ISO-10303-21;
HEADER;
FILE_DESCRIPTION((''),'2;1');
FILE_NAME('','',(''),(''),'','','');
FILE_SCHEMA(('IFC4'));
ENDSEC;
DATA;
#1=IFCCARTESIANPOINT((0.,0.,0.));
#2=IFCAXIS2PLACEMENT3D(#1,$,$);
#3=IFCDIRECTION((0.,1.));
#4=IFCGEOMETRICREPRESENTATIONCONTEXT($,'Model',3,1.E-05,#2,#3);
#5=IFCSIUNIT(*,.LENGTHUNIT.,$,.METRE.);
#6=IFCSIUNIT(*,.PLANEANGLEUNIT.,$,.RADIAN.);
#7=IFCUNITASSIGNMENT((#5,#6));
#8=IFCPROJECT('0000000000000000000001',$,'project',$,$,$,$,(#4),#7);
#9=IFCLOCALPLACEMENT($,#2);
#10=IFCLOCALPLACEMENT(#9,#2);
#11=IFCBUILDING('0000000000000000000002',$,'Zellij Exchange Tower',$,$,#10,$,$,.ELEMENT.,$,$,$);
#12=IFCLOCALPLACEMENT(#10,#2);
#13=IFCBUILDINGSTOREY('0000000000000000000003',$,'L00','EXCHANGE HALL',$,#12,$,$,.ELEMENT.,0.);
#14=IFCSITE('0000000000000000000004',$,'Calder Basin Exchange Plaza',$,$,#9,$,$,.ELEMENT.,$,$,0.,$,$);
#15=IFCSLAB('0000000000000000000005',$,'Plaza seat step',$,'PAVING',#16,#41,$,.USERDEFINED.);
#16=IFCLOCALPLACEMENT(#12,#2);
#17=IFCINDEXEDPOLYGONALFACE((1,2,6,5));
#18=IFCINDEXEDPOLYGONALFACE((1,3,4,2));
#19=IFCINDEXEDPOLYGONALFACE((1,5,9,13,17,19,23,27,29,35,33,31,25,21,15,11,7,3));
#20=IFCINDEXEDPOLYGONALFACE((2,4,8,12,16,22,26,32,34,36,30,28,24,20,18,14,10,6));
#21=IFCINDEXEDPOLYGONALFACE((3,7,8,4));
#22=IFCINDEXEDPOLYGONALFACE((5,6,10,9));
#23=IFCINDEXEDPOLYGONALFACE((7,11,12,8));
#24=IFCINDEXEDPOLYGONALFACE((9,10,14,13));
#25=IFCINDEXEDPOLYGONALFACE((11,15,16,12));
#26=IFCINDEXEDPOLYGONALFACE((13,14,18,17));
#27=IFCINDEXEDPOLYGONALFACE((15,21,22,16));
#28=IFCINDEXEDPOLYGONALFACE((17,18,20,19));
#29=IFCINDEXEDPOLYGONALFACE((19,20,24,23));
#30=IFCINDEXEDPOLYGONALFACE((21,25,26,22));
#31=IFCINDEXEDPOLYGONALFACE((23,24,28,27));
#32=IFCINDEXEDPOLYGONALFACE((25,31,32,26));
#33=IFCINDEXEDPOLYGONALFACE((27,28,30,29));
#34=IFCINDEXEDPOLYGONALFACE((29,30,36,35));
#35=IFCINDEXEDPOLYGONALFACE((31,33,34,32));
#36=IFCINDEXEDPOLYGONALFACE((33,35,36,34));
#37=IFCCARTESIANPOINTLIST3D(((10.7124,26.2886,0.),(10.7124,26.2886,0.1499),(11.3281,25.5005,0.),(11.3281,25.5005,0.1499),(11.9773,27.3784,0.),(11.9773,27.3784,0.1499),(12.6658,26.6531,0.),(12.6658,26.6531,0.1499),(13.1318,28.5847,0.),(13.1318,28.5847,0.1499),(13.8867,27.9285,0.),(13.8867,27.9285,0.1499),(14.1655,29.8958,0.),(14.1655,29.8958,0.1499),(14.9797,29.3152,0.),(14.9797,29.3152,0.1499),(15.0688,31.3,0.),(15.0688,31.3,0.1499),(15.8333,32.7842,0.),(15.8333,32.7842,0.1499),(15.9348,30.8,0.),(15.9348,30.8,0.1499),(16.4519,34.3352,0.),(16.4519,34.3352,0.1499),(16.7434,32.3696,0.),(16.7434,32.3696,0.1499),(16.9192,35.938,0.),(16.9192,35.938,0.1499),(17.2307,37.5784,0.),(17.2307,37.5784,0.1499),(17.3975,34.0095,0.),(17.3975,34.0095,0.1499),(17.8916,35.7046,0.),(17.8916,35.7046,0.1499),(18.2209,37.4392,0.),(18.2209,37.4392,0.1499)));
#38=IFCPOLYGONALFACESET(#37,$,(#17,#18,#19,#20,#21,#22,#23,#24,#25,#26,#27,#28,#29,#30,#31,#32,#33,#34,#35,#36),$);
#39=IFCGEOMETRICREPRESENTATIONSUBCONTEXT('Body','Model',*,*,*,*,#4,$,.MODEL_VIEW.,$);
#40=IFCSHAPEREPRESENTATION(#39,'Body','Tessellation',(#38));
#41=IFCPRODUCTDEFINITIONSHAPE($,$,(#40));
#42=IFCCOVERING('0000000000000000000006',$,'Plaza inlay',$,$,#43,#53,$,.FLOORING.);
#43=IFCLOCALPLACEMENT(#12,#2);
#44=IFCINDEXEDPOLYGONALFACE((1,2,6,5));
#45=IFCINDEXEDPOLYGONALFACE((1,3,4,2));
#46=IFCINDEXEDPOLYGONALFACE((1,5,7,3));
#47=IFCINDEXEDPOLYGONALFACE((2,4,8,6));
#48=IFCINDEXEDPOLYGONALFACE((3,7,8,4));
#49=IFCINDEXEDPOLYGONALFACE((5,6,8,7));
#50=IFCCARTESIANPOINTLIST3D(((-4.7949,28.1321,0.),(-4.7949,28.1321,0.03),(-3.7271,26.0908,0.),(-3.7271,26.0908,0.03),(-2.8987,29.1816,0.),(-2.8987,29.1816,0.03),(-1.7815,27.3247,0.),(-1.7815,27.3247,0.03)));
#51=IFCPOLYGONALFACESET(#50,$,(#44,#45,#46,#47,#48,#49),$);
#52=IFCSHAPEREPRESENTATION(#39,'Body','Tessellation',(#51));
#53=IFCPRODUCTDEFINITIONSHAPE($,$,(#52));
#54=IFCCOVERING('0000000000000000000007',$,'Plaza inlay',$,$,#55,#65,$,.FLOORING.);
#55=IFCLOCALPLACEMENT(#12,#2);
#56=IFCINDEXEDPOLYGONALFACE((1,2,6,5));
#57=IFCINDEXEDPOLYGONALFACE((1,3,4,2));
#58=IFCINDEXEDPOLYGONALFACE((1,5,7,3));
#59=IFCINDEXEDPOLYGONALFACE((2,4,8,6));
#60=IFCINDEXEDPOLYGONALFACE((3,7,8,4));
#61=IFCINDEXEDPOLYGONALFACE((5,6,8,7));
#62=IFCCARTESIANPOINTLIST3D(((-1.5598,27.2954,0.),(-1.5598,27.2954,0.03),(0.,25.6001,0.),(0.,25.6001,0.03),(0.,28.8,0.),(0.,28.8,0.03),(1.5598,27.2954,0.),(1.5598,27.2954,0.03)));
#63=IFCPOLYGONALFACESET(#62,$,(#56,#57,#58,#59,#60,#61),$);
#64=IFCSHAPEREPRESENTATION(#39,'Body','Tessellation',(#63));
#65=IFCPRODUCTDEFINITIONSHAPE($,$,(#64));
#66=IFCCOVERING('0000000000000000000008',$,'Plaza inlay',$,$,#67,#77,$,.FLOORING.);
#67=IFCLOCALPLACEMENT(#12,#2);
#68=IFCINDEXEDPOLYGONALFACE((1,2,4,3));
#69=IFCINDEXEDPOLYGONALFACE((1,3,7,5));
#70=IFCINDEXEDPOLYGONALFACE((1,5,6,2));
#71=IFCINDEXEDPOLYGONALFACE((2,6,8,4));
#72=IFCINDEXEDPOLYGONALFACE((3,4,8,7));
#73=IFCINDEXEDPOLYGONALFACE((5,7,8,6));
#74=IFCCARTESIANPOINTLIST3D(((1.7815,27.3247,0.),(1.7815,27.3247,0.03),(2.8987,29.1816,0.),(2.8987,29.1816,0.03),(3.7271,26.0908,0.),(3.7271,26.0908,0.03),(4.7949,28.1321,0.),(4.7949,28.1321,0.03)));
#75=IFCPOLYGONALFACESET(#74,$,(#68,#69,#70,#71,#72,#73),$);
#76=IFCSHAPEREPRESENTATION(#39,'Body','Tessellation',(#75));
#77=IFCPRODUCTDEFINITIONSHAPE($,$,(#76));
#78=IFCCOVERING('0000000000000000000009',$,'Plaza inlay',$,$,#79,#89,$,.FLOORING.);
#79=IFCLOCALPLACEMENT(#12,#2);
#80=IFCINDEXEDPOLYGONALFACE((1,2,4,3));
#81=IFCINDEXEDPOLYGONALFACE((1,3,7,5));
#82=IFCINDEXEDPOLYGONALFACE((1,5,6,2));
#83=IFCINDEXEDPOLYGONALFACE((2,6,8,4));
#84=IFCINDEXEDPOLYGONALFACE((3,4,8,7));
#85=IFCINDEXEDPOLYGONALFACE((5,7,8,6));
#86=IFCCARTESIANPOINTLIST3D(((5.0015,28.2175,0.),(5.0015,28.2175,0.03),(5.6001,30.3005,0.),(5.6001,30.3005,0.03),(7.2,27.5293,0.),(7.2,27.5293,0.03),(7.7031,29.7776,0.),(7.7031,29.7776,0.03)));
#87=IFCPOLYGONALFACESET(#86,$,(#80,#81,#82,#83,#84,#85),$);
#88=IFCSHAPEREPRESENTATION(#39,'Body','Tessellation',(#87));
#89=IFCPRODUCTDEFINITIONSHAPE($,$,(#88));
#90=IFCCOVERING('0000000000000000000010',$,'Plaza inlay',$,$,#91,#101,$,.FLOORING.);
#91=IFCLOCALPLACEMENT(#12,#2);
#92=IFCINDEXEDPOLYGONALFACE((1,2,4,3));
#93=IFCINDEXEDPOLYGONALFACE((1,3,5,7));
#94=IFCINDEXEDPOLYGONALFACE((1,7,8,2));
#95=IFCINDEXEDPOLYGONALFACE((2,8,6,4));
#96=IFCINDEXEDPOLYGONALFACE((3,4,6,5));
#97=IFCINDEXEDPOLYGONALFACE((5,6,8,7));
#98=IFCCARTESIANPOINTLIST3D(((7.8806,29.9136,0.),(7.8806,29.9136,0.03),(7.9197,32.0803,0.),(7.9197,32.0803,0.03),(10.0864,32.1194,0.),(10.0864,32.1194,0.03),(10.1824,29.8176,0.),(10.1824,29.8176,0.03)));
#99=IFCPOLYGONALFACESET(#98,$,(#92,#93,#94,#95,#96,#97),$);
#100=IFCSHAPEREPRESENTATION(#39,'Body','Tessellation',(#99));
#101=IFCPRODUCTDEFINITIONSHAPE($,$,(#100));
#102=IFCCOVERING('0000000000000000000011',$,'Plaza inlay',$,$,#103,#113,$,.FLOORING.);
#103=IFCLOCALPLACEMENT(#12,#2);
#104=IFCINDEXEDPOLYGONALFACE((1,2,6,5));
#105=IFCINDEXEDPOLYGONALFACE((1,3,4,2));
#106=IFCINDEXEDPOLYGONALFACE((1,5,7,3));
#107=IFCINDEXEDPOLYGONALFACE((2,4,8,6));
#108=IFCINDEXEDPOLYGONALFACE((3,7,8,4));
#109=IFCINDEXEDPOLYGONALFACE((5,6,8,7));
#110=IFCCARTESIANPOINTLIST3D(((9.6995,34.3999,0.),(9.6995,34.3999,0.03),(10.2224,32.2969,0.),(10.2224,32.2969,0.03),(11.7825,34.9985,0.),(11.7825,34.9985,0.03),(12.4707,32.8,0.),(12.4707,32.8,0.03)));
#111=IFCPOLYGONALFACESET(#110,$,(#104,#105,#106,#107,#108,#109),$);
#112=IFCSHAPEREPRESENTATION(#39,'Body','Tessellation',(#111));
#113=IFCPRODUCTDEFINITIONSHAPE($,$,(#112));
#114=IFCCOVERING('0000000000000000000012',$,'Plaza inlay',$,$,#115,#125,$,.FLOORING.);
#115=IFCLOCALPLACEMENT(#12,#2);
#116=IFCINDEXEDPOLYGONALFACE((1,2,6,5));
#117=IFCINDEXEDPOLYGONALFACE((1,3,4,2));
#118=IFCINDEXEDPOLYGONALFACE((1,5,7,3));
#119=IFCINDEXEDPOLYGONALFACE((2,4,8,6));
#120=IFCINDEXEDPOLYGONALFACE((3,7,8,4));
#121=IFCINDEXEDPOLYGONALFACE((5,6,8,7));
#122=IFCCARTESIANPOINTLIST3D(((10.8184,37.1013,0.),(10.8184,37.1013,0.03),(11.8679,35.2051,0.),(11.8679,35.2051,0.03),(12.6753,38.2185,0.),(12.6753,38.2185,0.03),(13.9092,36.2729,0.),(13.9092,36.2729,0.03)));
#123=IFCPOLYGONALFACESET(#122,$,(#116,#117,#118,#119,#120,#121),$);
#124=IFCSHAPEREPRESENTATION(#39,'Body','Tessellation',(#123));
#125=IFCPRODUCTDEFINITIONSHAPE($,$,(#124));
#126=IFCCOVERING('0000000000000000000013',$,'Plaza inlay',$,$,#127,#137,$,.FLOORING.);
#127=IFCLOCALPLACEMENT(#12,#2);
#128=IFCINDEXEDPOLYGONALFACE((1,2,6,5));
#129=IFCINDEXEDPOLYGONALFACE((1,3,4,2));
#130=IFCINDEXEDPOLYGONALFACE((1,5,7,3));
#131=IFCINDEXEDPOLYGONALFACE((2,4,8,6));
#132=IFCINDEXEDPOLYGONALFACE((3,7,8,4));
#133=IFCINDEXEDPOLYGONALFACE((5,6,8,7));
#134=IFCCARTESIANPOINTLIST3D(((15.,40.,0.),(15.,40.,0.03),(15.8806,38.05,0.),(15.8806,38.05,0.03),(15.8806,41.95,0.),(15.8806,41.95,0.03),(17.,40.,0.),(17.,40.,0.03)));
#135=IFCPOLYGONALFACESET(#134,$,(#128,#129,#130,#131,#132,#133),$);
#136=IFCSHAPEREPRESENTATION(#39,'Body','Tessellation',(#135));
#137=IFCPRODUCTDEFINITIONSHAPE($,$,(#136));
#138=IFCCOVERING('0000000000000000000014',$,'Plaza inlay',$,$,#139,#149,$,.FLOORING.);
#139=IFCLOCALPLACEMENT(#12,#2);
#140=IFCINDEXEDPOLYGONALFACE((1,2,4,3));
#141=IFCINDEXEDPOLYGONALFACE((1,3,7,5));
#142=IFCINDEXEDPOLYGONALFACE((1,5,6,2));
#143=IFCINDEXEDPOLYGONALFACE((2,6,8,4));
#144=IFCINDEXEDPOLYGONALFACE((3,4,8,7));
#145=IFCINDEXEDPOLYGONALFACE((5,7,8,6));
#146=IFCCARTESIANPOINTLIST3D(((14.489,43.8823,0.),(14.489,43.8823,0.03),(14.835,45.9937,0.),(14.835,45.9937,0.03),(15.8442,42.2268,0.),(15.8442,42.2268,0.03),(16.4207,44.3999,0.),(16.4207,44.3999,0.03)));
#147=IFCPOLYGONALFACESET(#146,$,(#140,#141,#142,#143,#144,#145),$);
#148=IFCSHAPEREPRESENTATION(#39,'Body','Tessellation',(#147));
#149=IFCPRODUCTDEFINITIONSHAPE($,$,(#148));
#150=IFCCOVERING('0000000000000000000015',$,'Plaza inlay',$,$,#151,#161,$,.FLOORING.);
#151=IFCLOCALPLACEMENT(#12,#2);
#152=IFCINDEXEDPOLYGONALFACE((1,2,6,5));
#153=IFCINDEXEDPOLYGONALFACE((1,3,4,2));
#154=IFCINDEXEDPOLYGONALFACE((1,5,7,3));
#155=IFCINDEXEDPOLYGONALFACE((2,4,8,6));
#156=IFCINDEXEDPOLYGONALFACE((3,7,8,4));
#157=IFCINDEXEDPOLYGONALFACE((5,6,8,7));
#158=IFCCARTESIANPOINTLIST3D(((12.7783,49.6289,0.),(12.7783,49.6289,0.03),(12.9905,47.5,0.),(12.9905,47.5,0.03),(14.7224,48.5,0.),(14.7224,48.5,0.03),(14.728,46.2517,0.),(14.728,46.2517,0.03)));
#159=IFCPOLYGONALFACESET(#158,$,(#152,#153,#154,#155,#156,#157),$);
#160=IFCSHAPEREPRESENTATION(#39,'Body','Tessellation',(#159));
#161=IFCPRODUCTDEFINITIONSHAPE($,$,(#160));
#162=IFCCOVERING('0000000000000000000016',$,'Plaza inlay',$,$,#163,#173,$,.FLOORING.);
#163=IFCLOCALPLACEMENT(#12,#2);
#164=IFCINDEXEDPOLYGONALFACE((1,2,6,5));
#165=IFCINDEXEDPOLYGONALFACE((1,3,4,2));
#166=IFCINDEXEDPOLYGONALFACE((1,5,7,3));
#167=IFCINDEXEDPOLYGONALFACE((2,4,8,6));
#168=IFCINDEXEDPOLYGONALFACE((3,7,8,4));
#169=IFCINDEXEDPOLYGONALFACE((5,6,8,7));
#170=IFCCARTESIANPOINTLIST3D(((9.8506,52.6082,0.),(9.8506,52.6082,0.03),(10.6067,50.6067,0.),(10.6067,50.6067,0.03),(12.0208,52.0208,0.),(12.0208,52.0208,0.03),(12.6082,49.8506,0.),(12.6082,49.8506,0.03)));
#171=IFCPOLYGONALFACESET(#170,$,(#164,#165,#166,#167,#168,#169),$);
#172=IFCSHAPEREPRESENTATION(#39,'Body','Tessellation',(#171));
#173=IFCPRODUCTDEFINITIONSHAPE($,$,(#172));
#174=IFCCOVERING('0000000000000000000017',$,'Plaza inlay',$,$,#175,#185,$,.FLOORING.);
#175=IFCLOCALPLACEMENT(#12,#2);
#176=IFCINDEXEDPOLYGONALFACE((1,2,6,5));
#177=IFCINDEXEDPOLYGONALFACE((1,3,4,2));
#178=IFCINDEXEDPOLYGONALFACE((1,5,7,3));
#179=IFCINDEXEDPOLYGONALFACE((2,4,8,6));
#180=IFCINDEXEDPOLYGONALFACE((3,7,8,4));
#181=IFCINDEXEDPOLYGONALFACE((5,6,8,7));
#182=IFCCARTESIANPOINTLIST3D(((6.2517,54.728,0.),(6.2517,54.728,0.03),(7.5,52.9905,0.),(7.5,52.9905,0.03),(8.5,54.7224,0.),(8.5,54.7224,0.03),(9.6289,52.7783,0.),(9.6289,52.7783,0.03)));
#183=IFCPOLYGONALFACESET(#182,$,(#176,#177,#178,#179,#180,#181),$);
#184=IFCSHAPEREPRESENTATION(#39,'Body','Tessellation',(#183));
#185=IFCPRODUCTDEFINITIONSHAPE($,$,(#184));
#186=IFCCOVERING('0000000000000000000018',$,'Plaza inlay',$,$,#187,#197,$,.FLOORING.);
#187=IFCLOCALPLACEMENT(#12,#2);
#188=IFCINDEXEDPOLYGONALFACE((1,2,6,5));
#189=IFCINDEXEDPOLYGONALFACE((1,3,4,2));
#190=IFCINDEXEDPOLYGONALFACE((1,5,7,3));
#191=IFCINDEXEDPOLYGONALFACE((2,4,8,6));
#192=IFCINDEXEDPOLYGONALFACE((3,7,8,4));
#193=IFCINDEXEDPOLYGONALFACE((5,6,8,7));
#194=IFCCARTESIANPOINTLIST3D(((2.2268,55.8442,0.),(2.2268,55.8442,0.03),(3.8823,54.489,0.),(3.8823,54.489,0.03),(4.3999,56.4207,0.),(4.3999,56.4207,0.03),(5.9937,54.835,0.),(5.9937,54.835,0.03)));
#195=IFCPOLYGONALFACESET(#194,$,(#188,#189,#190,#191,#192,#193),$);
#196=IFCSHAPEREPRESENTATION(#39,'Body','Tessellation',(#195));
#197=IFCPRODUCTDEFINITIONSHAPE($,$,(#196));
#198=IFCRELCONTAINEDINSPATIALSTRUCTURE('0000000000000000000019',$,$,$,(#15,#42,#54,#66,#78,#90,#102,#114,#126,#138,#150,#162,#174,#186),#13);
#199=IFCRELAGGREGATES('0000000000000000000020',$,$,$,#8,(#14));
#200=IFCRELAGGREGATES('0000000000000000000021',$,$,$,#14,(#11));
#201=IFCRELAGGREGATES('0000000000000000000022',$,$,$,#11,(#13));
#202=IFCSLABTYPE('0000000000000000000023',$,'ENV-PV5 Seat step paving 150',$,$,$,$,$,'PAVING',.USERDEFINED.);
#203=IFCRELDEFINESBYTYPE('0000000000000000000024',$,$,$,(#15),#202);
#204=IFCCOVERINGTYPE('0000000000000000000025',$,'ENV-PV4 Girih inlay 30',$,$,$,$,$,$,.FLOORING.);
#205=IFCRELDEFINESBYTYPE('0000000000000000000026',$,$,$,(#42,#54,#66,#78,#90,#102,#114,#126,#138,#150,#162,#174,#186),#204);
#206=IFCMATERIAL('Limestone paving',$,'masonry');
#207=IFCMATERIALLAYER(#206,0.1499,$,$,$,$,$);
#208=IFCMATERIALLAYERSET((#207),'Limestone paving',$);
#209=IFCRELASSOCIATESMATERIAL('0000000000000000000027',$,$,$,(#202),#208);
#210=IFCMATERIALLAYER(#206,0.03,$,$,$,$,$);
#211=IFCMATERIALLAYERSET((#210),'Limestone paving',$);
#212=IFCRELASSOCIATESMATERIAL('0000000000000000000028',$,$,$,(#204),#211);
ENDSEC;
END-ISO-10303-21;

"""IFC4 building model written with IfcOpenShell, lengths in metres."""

from ifc_helpers import new_model, si_unit, direction, origin, place, context, subcontext, project, spatial, polyline, outline, extrude, material, layer, layer_set, type_object, element, save


model = new_model("IFC4")

# Units and contexts
model_context = context("Model", 3, precision=1e-05, world=origin(), true_north=direction((0.0, 1.0)))
body_context = subcontext(model_context, "Body", "Model", "MODEL_VIEW")
ifc_project = project(units=[si_unit("LENGTHUNIT", "METRE"), si_unit("PLANEANGLEUNIT", "RADIAN")], contexts=[model_context])

# Site, building, storey
site_placement = place(None, origin())
site = spatial("IfcSite", under=ifc_project, at=site_placement, Name="Calder Basin Exchange Plaza", CompositionType="ELEMENT", RefElevation=0.0)
building_placement = place(site_placement, origin())
building = spatial("IfcBuilding", under=site, at=building_placement, Name="Zellij Exchange Tower", CompositionType="ELEMENT")
storey_placement = place(building_placement, origin())
storey = spatial("IfcBuildingStorey", under=building, at=storey_placement, Name="L00", Description="EXCHANGE HALL", CompositionType="ELEMENT", Elevation=0.0)

# Slab
ifc_material = material(Name="Limestone paving", Category="masonry")
ifc_layer_1 = layer(ifc_material, 0.1499)
ifc_layer_set_1 = layer_set([ifc_layer_1], Name="Limestone paving")
slab_type = type_object("IfcSlabType", Name="ENV-PV5 Seat step paving 150", ElementType="PAVING", PredefinedType="USERDEFINED", material=ifc_layer_set_1)
slab_placement = place(storey_placement, origin())
element("IfcSlab", 1, at=slab_placement, inside=storey, type_object=slab_type, Name="Plaza seat step", ObjectType="PAVING", PredefinedType="USERDEFINED", context=body_context, shape_type="SweptSolid", body=[
    extrude(outline(polyline([(11.3281, 25.5005), (12.6658, 26.6531), (13.8867, 27.9285), (14.9797, 29.3152), (15.9348, 30.8), (16.7434, 32.3696), (17.3975, 34.0095), (17.8916, 35.7046), (18.2209, 37.4392), (17.2307, 37.5784), (16.9192, 35.938), (16.4519, 34.3352), (15.8333, 32.7842), (15.0688, 31.3), (14.1655, 29.8958), (13.1318, 28.5847), (11.9773, 27.3784), (10.7124, 26.2886), (11.3281, 25.5005)])), origin(), (0.0, 0.0, 1.0), 0.1499),
])

# Coverings
ifc_layer_2 = layer(ifc_material, 0.03)
ifc_layer_set_2 = layer_set([ifc_layer_2], Name="Limestone paving")
covering_type = type_object("IfcCoveringType", Name="ENV-PV4 Girih inlay 30", PredefinedType="FLOORING", material=ifc_layer_set_2)
covering_1_placement = place(storey_placement, origin())
element("IfcCovering", 2, at=covering_1_placement, inside=storey, type_object=covering_type, Name="Plaza inlay", PredefinedType="FLOORING", context=body_context, shape_type="SweptSolid", body=[
    extrude(outline(polyline([(-2.8987, 29.1816), (-1.7815, 27.3247), (-3.7271, 26.0908), (-4.7949, 28.1321), (-2.8987, 29.1816)])), origin(), (0.0, 0.0, 1.0), 0.03),
])
covering_2_placement = place(storey_placement, origin())
element("IfcCovering", 3, at=covering_2_placement, inside=storey, type_object=covering_type, Name="Plaza inlay", PredefinedType="FLOORING", context=body_context, shape_type="SweptSolid", body=[
    extrude(outline(polyline([(0.0, 28.8), (1.5598, 27.2954), (0.0, 25.6001), (-1.5598, 27.2954), (0.0, 28.8)])), origin(), (0.0, 0.0, 1.0), 0.03),
])
covering_3_placement = place(storey_placement, origin())
element("IfcCovering", 4, at=covering_3_placement, inside=storey, type_object=covering_type, Name="Plaza inlay", PredefinedType="FLOORING", context=body_context, shape_type="SweptSolid", body=[
    extrude(outline(polyline([(2.8987, 29.1816), (4.7949, 28.1321), (3.7271, 26.0908), (1.7815, 27.3247), (2.8987, 29.1816)])), origin(), (0.0, 0.0, 1.0), 0.03),
])
covering_4_placement = place(storey_placement, origin())
element("IfcCovering", 5, at=covering_4_placement, inside=storey, type_object=covering_type, Name="Plaza inlay", PredefinedType="FLOORING", context=body_context, shape_type="SweptSolid", body=[
    extrude(outline(polyline([(5.6001, 30.3005), (7.7031, 29.7776), (7.2, 27.5293), (5.0015, 28.2175), (5.6001, 30.3005)])), origin(), (0.0, 0.0, 1.0), 0.03),
])
covering_5_placement = place(storey_placement, origin())
element("IfcCovering", 6, at=covering_5_placement, inside=storey, type_object=covering_type, Name="Plaza inlay", PredefinedType="FLOORING", context=body_context, shape_type="SweptSolid", body=[
    extrude(outline(polyline([(7.9197, 32.0803), (10.0864, 32.1194), (10.1824, 29.8176), (7.8806, 29.9136), (7.9197, 32.0803)])), origin(), (0.0, 0.0, 1.0), 0.03),
])
covering_6_placement = place(storey_placement, origin())
element("IfcCovering", 7, at=covering_6_placement, inside=storey, type_object=covering_type, Name="Plaza inlay", PredefinedType="FLOORING", context=body_context, shape_type="SweptSolid", body=[
    extrude(outline(polyline([(9.6995, 34.3999), (11.7825, 34.9985), (12.4707, 32.8), (10.2224, 32.2969), (9.6995, 34.3999)])), origin(), (0.0, 0.0, 1.0), 0.03),
])
covering_7_placement = place(storey_placement, origin())
element("IfcCovering", 8, at=covering_7_placement, inside=storey, type_object=covering_type, Name="Plaza inlay", PredefinedType="FLOORING", context=body_context, shape_type="SweptSolid", body=[
    extrude(outline(polyline([(10.8184, 37.1013), (12.6753, 38.2185), (13.9092, 36.2729), (11.8679, 35.2051), (10.8184, 37.1013)])), origin(), (0.0, 0.0, 1.0), 0.03),
])
covering_8_placement = place(storey_placement, origin())
element("IfcCovering", 9, at=covering_8_placement, inside=storey, type_object=covering_type, Name="Plaza inlay", PredefinedType="FLOORING", context=body_context, shape_type="SweptSolid", body=[
    extrude(outline(polyline([(15.0, 40.0), (15.8806, 41.95), (17.0, 40.0), (15.8806, 38.05), (15.0, 40.0)])), origin(), (0.0, 0.0, 1.0), 0.03),
])
covering_9_placement = place(storey_placement, origin())
element("IfcCovering", 10, at=covering_9_placement, inside=storey, type_object=covering_type, Name="Plaza inlay", PredefinedType="FLOORING", context=body_context, shape_type="SweptSolid", body=[
    extrude(outline(polyline([(14.489, 43.8823), (14.835, 45.9937), (16.4207, 44.3999), (15.8442, 42.2268), (14.489, 43.8823)])), origin(), (0.0, 0.0, 1.0), 0.03),
])
covering_10_placement = place(storey_placement, origin())
element("IfcCovering", 11, at=covering_10_placement, inside=storey, type_object=covering_type, Name="Plaza inlay", PredefinedType="FLOORING", context=body_context, shape_type="SweptSolid", body=[
    extrude(outline(polyline([(12.9905, 47.5), (12.7783, 49.6289), (14.7224, 48.5), (14.728, 46.2517), (12.9905, 47.5)])), origin(), (0.0, 0.0, 1.0), 0.03),
])
covering_11_placement = place(storey_placement, origin())
element("IfcCovering", 12, at=covering_11_placement, inside=storey, type_object=covering_type, Name="Plaza inlay", PredefinedType="FLOORING", context=body_context, shape_type="SweptSolid", body=[
    extrude(outline(polyline([(10.6067, 50.6067), (9.8506, 52.6082), (12.0208, 52.0208), (12.6082, 49.8506), (10.6067, 50.6067)])), origin(), (0.0, 0.0, 1.0), 0.03),
])
covering_12_placement = place(storey_placement, origin())
element("IfcCovering", 13, at=covering_12_placement, inside=storey, type_object=covering_type, Name="Plaza inlay", PredefinedType="FLOORING", context=body_context, shape_type="SweptSolid", body=[
    extrude(outline(polyline([(7.5, 52.9905), (6.2517, 54.728), (8.5, 54.7224), (9.6289, 52.7783), (7.5, 52.9905)])), origin(), (0.0, 0.0, 1.0), 0.03),
])
covering_13_placement = place(storey_placement, origin())
element("IfcCovering", 14, at=covering_13_placement, inside=storey, type_object=covering_type, Name="Plaza inlay", PredefinedType="FLOORING", context=body_context, shape_type="SweptSolid", body=[
    extrude(outline(polyline([(3.8823, 54.489), (2.2268, 55.8442), (4.3999, 56.4207), (5.9937, 54.835), (3.8823, 54.489)])), origin(), (0.0, 0.0, 1.0), 0.03),
])

save(model, "model.ifc")
